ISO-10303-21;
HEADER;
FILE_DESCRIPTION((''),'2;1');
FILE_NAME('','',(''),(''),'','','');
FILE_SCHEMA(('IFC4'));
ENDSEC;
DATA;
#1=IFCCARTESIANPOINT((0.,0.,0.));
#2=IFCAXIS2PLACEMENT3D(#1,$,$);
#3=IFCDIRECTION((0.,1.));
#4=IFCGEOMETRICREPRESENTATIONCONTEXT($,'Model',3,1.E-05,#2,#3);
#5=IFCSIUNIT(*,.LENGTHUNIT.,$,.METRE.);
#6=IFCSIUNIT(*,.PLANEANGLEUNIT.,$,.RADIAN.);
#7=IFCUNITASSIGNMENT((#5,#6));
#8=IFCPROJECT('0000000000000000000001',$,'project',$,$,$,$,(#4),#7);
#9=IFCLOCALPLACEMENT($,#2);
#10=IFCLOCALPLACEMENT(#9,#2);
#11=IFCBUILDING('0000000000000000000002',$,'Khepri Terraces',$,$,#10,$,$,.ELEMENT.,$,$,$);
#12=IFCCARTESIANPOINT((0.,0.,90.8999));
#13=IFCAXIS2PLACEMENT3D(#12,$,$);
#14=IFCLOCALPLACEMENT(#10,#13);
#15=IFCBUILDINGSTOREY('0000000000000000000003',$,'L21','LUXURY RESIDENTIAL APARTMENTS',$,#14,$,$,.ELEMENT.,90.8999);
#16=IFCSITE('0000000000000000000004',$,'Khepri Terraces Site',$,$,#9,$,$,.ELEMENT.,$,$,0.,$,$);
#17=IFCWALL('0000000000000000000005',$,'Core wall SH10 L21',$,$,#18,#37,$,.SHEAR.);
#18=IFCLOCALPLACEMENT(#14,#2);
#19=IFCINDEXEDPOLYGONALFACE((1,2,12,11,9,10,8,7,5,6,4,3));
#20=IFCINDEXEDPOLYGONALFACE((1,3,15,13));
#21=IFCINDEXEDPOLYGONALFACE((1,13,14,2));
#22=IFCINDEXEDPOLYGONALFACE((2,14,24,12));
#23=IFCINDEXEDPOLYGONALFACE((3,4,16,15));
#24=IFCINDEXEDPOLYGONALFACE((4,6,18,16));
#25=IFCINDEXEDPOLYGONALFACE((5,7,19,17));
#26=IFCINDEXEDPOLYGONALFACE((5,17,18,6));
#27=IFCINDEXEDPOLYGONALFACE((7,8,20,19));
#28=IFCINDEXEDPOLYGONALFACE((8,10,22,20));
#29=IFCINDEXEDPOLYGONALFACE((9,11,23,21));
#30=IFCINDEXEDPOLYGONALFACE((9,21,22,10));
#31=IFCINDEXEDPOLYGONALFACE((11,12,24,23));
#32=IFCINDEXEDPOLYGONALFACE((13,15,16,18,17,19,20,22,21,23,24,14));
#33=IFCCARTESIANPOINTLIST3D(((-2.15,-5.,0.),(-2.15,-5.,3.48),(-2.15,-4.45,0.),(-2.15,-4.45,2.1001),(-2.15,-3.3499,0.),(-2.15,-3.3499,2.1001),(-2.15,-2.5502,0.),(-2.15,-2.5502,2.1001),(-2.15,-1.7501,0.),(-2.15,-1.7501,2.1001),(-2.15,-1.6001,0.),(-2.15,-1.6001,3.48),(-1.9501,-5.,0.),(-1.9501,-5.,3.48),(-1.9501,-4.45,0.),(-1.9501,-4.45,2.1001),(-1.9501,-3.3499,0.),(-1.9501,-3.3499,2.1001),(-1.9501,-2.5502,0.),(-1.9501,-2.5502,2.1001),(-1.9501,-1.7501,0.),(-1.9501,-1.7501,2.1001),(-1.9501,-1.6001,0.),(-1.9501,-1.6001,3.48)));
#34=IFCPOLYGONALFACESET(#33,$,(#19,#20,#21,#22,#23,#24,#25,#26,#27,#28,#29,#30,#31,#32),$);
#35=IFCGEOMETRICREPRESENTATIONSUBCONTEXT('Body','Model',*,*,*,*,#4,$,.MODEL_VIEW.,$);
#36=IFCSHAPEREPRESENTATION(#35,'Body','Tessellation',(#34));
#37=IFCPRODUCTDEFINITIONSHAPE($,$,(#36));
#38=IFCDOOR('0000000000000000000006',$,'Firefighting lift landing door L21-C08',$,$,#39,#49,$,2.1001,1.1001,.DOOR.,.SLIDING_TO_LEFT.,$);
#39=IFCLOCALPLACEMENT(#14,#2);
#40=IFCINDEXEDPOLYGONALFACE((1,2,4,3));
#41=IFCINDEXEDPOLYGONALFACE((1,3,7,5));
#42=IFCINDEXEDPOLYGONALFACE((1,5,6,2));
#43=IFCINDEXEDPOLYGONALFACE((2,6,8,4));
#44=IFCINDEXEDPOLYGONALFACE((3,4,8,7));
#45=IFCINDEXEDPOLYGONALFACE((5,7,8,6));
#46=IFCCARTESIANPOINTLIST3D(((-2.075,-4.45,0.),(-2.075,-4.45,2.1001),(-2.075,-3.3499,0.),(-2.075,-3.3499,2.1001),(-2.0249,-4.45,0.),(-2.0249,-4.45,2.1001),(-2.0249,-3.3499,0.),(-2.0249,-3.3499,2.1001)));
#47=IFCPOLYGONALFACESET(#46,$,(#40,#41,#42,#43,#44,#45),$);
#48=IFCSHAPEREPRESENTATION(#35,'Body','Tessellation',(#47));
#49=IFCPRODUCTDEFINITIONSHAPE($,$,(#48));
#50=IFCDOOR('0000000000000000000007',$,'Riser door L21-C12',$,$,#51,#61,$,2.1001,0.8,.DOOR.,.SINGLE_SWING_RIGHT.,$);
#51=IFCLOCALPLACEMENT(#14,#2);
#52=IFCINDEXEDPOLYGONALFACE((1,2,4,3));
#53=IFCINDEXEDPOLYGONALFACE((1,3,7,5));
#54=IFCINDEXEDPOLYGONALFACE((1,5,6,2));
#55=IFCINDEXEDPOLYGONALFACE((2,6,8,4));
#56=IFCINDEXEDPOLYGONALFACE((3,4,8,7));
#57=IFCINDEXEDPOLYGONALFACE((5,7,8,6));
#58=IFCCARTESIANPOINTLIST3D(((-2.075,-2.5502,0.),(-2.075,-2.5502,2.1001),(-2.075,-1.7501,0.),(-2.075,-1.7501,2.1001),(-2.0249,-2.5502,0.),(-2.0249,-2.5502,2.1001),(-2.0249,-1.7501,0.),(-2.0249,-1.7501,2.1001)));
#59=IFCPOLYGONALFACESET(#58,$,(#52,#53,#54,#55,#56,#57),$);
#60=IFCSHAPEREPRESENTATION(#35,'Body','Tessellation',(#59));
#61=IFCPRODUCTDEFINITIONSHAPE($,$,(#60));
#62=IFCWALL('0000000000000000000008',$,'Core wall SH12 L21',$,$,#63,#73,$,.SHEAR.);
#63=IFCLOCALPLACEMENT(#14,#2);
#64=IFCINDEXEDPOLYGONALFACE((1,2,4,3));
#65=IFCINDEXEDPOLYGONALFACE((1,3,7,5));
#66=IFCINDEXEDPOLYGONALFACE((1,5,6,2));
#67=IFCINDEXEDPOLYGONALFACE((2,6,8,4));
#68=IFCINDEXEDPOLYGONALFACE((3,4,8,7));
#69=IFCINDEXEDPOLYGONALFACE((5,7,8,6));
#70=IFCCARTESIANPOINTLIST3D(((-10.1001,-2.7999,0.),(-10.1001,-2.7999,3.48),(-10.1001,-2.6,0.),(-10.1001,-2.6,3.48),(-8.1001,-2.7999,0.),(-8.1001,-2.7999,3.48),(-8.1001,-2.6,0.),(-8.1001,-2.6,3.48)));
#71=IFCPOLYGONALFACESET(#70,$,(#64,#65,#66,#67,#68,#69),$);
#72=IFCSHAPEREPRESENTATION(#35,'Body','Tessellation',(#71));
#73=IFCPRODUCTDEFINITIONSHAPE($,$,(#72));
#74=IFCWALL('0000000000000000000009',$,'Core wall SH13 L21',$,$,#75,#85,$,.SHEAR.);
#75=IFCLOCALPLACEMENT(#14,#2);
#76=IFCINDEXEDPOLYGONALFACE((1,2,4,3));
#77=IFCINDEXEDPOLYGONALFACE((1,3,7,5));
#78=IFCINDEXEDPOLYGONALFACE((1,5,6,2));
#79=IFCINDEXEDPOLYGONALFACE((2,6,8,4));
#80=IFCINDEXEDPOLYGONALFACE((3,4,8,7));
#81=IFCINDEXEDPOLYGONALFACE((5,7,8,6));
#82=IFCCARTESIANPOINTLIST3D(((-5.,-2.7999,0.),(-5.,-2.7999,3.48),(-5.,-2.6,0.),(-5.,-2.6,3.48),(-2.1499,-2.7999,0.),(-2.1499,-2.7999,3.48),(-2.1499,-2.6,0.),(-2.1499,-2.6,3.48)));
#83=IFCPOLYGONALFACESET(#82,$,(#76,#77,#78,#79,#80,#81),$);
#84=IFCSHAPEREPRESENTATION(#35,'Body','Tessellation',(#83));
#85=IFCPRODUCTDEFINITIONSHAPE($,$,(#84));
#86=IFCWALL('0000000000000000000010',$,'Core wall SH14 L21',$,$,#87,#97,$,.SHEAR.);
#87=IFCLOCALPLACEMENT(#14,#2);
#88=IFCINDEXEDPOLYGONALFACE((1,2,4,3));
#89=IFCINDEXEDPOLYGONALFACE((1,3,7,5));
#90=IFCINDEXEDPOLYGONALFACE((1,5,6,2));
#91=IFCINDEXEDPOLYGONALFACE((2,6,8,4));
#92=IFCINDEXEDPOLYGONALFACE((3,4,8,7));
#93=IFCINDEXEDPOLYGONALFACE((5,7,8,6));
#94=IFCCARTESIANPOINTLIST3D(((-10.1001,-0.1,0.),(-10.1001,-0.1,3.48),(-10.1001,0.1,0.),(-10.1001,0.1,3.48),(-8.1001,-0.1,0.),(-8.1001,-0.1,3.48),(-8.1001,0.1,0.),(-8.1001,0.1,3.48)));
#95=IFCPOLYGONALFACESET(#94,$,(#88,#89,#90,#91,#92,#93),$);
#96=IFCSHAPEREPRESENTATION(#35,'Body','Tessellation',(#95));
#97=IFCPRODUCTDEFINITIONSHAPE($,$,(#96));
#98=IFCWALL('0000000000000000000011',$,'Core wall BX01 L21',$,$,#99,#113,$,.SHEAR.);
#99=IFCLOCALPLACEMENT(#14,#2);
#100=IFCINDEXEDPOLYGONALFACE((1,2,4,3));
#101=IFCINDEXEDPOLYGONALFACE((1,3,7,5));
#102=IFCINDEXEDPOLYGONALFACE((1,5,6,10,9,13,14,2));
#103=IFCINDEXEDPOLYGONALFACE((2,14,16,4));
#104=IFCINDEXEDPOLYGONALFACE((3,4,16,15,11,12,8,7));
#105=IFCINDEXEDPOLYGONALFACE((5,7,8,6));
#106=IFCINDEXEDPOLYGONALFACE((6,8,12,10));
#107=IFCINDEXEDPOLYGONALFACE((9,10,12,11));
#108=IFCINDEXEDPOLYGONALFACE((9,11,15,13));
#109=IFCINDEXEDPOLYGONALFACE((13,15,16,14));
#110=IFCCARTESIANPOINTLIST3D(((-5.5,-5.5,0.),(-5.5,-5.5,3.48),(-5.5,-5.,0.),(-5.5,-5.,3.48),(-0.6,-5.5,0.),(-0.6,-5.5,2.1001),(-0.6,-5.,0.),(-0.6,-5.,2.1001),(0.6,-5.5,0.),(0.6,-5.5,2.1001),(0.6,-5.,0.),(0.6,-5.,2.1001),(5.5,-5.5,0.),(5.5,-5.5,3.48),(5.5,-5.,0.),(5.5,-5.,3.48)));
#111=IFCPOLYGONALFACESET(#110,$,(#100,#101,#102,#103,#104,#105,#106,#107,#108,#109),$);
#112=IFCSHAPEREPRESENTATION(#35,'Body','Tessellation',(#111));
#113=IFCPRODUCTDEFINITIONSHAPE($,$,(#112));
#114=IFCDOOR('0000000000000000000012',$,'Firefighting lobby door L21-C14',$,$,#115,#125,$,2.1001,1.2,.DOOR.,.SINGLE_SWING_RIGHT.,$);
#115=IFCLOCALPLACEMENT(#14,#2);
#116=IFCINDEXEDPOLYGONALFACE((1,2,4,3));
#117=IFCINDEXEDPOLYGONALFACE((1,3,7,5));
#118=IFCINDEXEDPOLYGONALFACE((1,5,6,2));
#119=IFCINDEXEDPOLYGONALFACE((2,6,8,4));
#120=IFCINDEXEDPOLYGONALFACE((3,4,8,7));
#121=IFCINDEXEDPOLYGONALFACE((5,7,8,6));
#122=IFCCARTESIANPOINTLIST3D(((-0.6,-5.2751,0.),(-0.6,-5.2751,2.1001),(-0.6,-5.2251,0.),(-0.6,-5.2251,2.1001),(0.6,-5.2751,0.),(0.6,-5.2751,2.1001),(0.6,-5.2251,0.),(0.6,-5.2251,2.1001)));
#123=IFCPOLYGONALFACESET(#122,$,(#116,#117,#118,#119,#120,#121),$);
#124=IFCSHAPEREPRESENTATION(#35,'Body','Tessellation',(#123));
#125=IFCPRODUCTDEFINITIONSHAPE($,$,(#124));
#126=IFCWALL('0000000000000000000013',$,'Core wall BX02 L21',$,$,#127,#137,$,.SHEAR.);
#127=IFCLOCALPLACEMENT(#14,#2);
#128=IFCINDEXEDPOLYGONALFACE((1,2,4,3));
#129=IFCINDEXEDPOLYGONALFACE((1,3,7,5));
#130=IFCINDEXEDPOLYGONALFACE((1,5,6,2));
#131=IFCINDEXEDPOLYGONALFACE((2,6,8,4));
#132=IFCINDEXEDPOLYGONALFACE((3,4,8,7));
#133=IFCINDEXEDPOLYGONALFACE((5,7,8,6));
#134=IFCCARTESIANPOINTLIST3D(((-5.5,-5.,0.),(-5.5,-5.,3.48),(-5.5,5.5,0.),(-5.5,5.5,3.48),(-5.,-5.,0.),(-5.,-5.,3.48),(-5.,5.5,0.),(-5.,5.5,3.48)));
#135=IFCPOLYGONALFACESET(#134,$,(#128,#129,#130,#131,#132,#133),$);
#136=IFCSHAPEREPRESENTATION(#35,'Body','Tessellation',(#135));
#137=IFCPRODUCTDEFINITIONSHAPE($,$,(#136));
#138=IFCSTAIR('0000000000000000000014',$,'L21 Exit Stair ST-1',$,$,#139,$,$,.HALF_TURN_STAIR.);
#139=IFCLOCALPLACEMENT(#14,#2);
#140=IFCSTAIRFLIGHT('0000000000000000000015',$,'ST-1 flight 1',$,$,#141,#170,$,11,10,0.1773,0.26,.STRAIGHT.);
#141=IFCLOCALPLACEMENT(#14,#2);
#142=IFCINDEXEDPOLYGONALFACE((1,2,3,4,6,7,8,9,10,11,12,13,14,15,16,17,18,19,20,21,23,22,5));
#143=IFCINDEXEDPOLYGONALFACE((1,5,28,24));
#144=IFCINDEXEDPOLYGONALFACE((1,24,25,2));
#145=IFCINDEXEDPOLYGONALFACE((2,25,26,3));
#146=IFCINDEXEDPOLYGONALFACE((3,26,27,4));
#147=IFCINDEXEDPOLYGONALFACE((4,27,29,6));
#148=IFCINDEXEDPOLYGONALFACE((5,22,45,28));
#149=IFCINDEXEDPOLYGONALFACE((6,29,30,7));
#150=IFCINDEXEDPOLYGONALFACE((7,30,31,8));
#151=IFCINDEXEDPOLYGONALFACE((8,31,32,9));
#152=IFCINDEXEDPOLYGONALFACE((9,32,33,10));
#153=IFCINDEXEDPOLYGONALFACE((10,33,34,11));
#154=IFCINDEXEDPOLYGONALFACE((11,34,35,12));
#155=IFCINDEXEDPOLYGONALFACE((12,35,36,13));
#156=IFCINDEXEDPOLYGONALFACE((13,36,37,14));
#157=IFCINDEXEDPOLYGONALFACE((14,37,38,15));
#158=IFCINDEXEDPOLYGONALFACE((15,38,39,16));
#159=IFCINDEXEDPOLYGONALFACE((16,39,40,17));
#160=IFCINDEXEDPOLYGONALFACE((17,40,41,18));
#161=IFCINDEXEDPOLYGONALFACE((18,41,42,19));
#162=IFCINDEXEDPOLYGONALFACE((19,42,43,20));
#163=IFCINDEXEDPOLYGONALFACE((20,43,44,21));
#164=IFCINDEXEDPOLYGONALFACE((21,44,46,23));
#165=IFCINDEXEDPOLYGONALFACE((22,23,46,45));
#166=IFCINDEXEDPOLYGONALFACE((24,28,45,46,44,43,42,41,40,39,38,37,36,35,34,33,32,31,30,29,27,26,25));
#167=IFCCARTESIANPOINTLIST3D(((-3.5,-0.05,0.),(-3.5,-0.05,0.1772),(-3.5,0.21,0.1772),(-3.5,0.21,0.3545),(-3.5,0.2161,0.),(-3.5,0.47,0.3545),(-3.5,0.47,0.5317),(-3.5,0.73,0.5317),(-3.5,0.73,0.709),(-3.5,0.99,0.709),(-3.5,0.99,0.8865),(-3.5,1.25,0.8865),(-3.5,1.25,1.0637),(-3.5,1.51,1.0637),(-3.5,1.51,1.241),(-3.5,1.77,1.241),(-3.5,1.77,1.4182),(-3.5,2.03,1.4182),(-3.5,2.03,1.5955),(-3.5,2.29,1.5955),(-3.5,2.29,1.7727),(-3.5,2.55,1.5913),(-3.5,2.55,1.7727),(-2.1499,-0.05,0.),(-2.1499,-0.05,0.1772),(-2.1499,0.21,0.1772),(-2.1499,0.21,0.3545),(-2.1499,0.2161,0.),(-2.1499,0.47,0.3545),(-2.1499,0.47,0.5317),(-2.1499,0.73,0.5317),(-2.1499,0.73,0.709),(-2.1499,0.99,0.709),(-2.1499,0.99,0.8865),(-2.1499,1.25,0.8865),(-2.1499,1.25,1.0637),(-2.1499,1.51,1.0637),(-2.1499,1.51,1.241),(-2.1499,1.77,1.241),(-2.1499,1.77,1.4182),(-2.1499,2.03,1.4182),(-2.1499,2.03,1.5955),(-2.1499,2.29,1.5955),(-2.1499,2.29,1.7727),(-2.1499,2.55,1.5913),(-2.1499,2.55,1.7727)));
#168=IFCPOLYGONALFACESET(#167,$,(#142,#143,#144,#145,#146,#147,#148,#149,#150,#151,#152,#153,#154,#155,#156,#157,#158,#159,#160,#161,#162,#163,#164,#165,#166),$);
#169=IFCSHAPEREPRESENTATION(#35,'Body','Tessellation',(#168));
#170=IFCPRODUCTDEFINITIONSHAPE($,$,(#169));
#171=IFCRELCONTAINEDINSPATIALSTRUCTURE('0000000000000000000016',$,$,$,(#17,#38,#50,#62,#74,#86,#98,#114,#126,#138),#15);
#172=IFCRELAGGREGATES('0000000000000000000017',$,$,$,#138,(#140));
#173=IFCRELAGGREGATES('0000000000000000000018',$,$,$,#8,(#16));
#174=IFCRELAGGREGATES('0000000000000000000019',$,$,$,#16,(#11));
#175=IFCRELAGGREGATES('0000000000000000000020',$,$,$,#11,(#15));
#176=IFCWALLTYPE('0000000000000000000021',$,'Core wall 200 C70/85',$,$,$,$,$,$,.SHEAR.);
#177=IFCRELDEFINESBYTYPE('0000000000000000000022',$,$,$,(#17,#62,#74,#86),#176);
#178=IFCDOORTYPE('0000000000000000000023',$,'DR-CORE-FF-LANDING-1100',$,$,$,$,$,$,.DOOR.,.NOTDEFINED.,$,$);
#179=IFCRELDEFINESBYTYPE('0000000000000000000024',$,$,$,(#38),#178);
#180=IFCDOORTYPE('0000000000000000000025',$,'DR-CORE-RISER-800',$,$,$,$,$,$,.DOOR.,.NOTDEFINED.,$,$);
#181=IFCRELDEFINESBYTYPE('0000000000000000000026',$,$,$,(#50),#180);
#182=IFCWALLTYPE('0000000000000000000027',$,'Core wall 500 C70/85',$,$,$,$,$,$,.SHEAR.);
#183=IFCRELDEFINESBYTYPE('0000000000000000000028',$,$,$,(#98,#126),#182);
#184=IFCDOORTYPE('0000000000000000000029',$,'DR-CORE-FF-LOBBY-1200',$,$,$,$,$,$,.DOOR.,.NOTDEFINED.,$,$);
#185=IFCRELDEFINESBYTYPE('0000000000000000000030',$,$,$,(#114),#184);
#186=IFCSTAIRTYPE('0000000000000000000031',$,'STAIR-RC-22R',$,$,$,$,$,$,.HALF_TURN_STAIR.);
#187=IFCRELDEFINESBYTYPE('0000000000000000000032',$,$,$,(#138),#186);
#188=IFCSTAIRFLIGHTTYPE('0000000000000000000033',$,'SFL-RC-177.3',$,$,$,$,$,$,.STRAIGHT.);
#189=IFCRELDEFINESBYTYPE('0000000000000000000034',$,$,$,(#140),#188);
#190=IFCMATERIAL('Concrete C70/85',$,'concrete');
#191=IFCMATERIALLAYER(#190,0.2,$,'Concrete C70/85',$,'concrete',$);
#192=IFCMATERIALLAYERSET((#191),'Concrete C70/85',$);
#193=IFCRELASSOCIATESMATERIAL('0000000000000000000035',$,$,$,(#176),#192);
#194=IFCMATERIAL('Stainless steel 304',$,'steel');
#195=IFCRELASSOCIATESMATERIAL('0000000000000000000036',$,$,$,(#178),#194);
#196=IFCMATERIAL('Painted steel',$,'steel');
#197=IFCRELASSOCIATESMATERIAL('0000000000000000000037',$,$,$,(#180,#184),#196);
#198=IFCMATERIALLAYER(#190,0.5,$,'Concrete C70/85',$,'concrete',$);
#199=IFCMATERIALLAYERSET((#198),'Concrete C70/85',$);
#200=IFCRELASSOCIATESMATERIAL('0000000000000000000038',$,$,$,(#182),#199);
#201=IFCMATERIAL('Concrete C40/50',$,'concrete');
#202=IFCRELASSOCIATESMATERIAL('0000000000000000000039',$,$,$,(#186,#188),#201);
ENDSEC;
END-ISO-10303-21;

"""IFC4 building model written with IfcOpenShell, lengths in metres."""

from ifc_helpers import new_model, si_unit, direction, frame, frame_2d, origin, place, context, subcontext, project, spatial, polyline, rectangle, outline, extrude, material, layer, layer_set, type_object, element, fill, aggregate, save


model = new_model("IFC4")

# Units and contexts
model_context = context("Model", 3, precision=1e-05, world=origin(), true_north=direction((0.0, 1.0)))
body_context = subcontext(model_context, "Body", "Model", "MODEL_VIEW")
ifc_project = project(units=[si_unit("LENGTHUNIT", "METRE"), si_unit("PLANEANGLEUNIT", "RADIAN")], contexts=[model_context])

# Site, building, storey
site_placement = place(None, origin())
site = spatial("IfcSite", under=ifc_project, at=site_placement, Name="Khepri Terraces Site", CompositionType="ELEMENT", RefElevation=0.0)
building_placement = place(site_placement, origin())
building = spatial("IfcBuilding", under=site, at=building_placement, Name="Khepri Terraces", CompositionType="ELEMENT")
storey_placement = place(building_placement, frame((0.0, 0.0, 90.8999)))
storey = spatial("IfcBuildingStorey", under=building, at=storey_placement, Name="L21", Description="LUXURY RESIDENTIAL APARTMENTS", CompositionType="ELEMENT", Elevation=90.8999)

# Shared definitions
ifc_material_1 = material(Name="Concrete C40/50", Category="concrete")

# Shared definitions
ifc_material_2 = material(Name="Concrete C70/85", Category="concrete")
ifc_layer_1 = layer(ifc_material_2, 0.2, Name="Concrete C70/85", Category="concrete")
ifc_layer_set_1 = layer_set([ifc_layer_1], Name="Concrete C70/85")
wall_type_1 = type_object("IfcWallType", Name="Core wall 200 C70/85", PredefinedType="SHEAR", material=ifc_layer_set_1)

# Shared definitions
ifc_material_3 = material(Name="Painted steel", Category="steel")

# Shared definitions
ifc_material_4 = material(Name="Stainless steel 304", Category="steel")

# Wall, openings, doors
wall_1_placement = place(storey_placement, frame((-2.05, -5.0, 0.0), z_axis=(0.0, 0.0, 1.0), x_axis=(0.0, 1.0, 0.0)))
wall_1 = element("IfcWall", 1, at=wall_1_placement, inside=storey, type_object=wall_type_1, Name="Core wall SH10 L21", PredefinedType="SHEAR", context=body_context, shape_type="SweptSolid", body=[
    extrude(rectangle(XDim=3.3999, YDim=0.2, at=frame_2d((1.7, 0.0))), origin(), (0.0, 0.0, 1.0), 3.48),
])
opening_1_placement = place(wall_1_placement, frame((0.55, 0.0, 0.0)))
opening_1 = element("IfcOpeningElement", 2, at=opening_1_placement, cuts=wall_1, PredefinedType="OPENING", context=body_context, shape_type="SweptSolid", body=[
    extrude(rectangle(XDim=1.1001, YDim=2.1001, at=frame_2d((0.55, 1.05))), frame((0.0, 0.1099, 0.0), z_axis=(0.0, -1.0, 0.0), x_axis=(1.0, 0.0, 0.0)), (0.0, 0.0, 1.0), 0.22),
])
opening_2_placement = place(wall_1_placement, frame((2.45, 0.0, 0.0)))
opening_2 = element("IfcOpeningElement", 3, at=opening_2_placement, cuts=wall_1, PredefinedType="OPENING", context=body_context, shape_type="SweptSolid", body=[
    extrude(rectangle(XDim=0.8, YDim=2.1001, at=frame_2d((0.3999, 1.05))), frame((0.0, 0.1099, 0.0), z_axis=(0.0, -1.0, 0.0), x_axis=(1.0, 0.0, 0.0)), (0.0, 0.0, 1.0), 0.22),
])
door_type_1 = type_object("IfcDoorType", Name="DR-CORE-FF-LANDING-1100", OperationType="NOTDEFINED", PredefinedType="DOOR", material=ifc_material_4)
door_1_placement = place(opening_1_placement, origin())
door_1 = element("IfcDoor", 4, at=door_1_placement, inside=storey, type_object=door_type_1, Name="Firefighting lift landing door L21-C08", OperationType="SLIDING_TO_LEFT", OverallHeight=2.1001, OverallWidth=1.1001, PredefinedType="DOOR", context=body_context, shape_type="SweptSolid", body=[
    extrude(rectangle(XDim=1.1001, YDim=2.1001, at=frame_2d((0.55, 1.05))), frame((0.0, 0.0249, 0.0), z_axis=(0.0, -1.0, 0.0), x_axis=(1.0, 0.0, 0.0)), (0.0, 0.0, 1.0), 0.05),
])
fill(opening_1, door_1)
door_type_2 = type_object("IfcDoorType", Name="DR-CORE-RISER-800", OperationType="NOTDEFINED", PredefinedType="DOOR", material=ifc_material_3)
door_2_placement = place(opening_2_placement, origin())
door_2 = element("IfcDoor", 5, at=door_2_placement, inside=storey, type_object=door_type_2, Name="Riser door L21-C12", OperationType="SINGLE_SWING_RIGHT", OverallHeight=2.1001, OverallWidth=0.8, PredefinedType="DOOR", context=body_context, shape_type="SweptSolid", body=[
    extrude(rectangle(XDim=0.8, YDim=2.1001, at=frame_2d((0.3999, 1.05))), frame((0.0, 0.0249, 0.0), z_axis=(0.0, -1.0, 0.0), x_axis=(1.0, 0.0, 0.0)), (0.0, 0.0, 1.0), 0.05),
])
fill(opening_2, door_2)

# Walls
wall_2_placement = place(storey_placement, frame((-10.1001, -2.7, 0.0), z_axis=(0.0, 0.0, 1.0), x_axis=(1.0, 0.0, 0.0)))
element("IfcWall", 6, at=wall_2_placement, inside=storey, type_object=wall_type_1, Name="Core wall SH12 L21", PredefinedType="SHEAR", context=body_context, shape_type="SweptSolid", body=[
    extrude(rectangle(XDim=2.0, YDim=0.2, at=frame_2d((1.0, 0.0))), origin(), (0.0, 0.0, 1.0), 3.48),
])
wall_3_placement = place(storey_placement, frame((-5.0, -2.7, 0.0), z_axis=(0.0, 0.0, 1.0), x_axis=(1.0, 0.0, 0.0)))
element("IfcWall", 7, at=wall_3_placement, inside=storey, type_object=wall_type_1, Name="Core wall SH13 L21", PredefinedType="SHEAR", context=body_context, shape_type="SweptSolid", body=[
    extrude(rectangle(XDim=2.8501, YDim=0.2, at=frame_2d((1.425, 0.0))), origin(), (0.0, 0.0, 1.0), 3.48),
])
wall_4_placement = place(storey_placement, frame((-10.1001, 0.0, 0.0), z_axis=(0.0, 0.0, 1.0), x_axis=(1.0, 0.0, 0.0)))
element("IfcWall", 8, at=wall_4_placement, inside=storey, type_object=wall_type_1, Name="Core wall SH14 L21", PredefinedType="SHEAR", context=body_context, shape_type="SweptSolid", body=[
    extrude(rectangle(XDim=2.0, YDim=0.2, at=frame_2d((1.0, 0.0))), origin(), (0.0, 0.0, 1.0), 3.48),
])

# Wall, opening, door
ifc_layer_2 = layer(ifc_material_2, 0.5, Name="Concrete C70/85", Category="concrete")
ifc_layer_set_2 = layer_set([ifc_layer_2], Name="Concrete C70/85")
wall_type_2 = type_object("IfcWallType", Name="Core wall 500 C70/85", PredefinedType="SHEAR", material=ifc_layer_set_2)
wall_5_placement = place(storey_placement, frame((-5.5, -5.25, 0.0), z_axis=(0.0, 0.0, 1.0), x_axis=(1.0, 0.0, 0.0)))
wall_5 = element("IfcWall", 9, at=wall_5_placement, inside=storey, type_object=wall_type_2, Name="Core wall BX01 L21", PredefinedType="SHEAR", context=body_context, shape_type="SweptSolid", body=[
    extrude(rectangle(XDim=11.0, YDim=0.5, at=frame_2d((5.5, 0.0))), origin(), (0.0, 0.0, 1.0), 3.48),
])
opening_3_placement = place(wall_5_placement, frame((4.8999, 0.0, 0.0)))
opening_3 = element("IfcOpeningElement", 10, at=opening_3_placement, cuts=wall_5, PredefinedType="OPENING", context=body_context, shape_type="SweptSolid", body=[
    extrude(rectangle(XDim=1.2, YDim=2.1001, at=frame_2d((0.6001, 1.05))), frame((0.0, 0.26, 0.0), z_axis=(0.0, -1.0, 0.0), x_axis=(1.0, 0.0, 0.0)), (0.0, 0.0, 1.0), 0.52),
])
door_type_3 = type_object("IfcDoorType", Name="DR-CORE-FF-LOBBY-1200", OperationType="NOTDEFINED", PredefinedType="DOOR", material=ifc_material_3)
door_3_placement = place(opening_3_placement, origin())
door_3 = element("IfcDoor", 11, at=door_3_placement, inside=storey, type_object=door_type_3, Name="Firefighting lobby door L21-C14", OperationType="SINGLE_SWING_RIGHT", OverallHeight=2.1001, OverallWidth=1.2, PredefinedType="DOOR", context=body_context, shape_type="SweptSolid", body=[
    extrude(rectangle(XDim=1.2, YDim=2.1001, at=frame_2d((0.6001, 1.05))), frame((0.0, 0.0249, 0.0), z_axis=(0.0, -1.0, 0.0), x_axis=(1.0, 0.0, 0.0)), (0.0, 0.0, 1.0), 0.05),
])
fill(opening_3, door_3)

# Wall
wall_6_placement = place(storey_placement, frame((-5.25, -5.0, 0.0), z_axis=(0.0, 0.0, 1.0), x_axis=(0.0, 1.0, 0.0)))
element("IfcWall", 12, at=wall_6_placement, inside=storey, type_object=wall_type_2, Name="Core wall BX02 L21", PredefinedType="SHEAR", context=body_context, shape_type="SweptSolid", body=[
    extrude(rectangle(XDim=10.5, YDim=0.5, at=frame_2d((5.25, 0.0))), origin(), (0.0, 0.0, 1.0), 3.48),
])

# Stair, stair flight
stair_type = type_object("IfcStairType", Name="STAIR-RC-22R", PredefinedType="HALF_TURN_STAIR", material=ifc_material_1)
stair_placement = place(storey_placement, origin())
stair = element("IfcStair", 13, at=stair_placement, inside=storey, type_object=stair_type, Name="L21 Exit Stair ST-1", PredefinedType="HALF_TURN_STAIR")
stair_flight_type = type_object("IfcStairFlightType", Name="SFL-RC-177.3", PredefinedType="STRAIGHT", material=ifc_material_1)
stair_flight_placement = place(storey_placement, frame((-2.825, -0.05, 0.0), z_axis=(0.0, 0.0, 1.0), x_axis=(0.0, 1.0, 0.0)))
stair_flight = element("IfcStairFlight", 14, at=stair_flight_placement, type_object=stair_flight_type, Name="ST-1 flight 1", NumberOfRisers=11, NumberOfTreads=10, PredefinedType="STRAIGHT", RiserHeight=0.1773, TreadLength=0.26, context=body_context, shape_type="SweptSolid", body=[
    extrude(outline(polyline([(0.0, 0.0), (0.0, 0.1772), (0.26, 0.1772), (0.26, 0.3545), (0.52, 0.3545), (0.52, 0.5317), (0.78, 0.5317), (0.78, 0.709), (1.04, 0.709), (1.04, 0.8865), (1.3, 0.8865), (1.3, 1.0637), (1.5601, 1.0637), (1.5601, 1.241), (1.8201, 1.241), (1.8201, 1.4182), (2.0801, 1.4182), (2.0801, 1.5955), (2.3401, 1.5955), (2.3401, 1.7727), (2.6001, 1.7727), (2.6001, 1.95), (2.6001, 1.5913), (0.2661, 0.0), (0.0, 0.0)])), frame((0.0, 0.675, 0.0), z_axis=(0.0, -1.0, 0.0), x_axis=(1.0, 0.0, 0.0)), (0.0, 0.0, 1.0), 1.3501),
])
aggregate(stair, [stair_flight])

save(model, "model.ifc")
